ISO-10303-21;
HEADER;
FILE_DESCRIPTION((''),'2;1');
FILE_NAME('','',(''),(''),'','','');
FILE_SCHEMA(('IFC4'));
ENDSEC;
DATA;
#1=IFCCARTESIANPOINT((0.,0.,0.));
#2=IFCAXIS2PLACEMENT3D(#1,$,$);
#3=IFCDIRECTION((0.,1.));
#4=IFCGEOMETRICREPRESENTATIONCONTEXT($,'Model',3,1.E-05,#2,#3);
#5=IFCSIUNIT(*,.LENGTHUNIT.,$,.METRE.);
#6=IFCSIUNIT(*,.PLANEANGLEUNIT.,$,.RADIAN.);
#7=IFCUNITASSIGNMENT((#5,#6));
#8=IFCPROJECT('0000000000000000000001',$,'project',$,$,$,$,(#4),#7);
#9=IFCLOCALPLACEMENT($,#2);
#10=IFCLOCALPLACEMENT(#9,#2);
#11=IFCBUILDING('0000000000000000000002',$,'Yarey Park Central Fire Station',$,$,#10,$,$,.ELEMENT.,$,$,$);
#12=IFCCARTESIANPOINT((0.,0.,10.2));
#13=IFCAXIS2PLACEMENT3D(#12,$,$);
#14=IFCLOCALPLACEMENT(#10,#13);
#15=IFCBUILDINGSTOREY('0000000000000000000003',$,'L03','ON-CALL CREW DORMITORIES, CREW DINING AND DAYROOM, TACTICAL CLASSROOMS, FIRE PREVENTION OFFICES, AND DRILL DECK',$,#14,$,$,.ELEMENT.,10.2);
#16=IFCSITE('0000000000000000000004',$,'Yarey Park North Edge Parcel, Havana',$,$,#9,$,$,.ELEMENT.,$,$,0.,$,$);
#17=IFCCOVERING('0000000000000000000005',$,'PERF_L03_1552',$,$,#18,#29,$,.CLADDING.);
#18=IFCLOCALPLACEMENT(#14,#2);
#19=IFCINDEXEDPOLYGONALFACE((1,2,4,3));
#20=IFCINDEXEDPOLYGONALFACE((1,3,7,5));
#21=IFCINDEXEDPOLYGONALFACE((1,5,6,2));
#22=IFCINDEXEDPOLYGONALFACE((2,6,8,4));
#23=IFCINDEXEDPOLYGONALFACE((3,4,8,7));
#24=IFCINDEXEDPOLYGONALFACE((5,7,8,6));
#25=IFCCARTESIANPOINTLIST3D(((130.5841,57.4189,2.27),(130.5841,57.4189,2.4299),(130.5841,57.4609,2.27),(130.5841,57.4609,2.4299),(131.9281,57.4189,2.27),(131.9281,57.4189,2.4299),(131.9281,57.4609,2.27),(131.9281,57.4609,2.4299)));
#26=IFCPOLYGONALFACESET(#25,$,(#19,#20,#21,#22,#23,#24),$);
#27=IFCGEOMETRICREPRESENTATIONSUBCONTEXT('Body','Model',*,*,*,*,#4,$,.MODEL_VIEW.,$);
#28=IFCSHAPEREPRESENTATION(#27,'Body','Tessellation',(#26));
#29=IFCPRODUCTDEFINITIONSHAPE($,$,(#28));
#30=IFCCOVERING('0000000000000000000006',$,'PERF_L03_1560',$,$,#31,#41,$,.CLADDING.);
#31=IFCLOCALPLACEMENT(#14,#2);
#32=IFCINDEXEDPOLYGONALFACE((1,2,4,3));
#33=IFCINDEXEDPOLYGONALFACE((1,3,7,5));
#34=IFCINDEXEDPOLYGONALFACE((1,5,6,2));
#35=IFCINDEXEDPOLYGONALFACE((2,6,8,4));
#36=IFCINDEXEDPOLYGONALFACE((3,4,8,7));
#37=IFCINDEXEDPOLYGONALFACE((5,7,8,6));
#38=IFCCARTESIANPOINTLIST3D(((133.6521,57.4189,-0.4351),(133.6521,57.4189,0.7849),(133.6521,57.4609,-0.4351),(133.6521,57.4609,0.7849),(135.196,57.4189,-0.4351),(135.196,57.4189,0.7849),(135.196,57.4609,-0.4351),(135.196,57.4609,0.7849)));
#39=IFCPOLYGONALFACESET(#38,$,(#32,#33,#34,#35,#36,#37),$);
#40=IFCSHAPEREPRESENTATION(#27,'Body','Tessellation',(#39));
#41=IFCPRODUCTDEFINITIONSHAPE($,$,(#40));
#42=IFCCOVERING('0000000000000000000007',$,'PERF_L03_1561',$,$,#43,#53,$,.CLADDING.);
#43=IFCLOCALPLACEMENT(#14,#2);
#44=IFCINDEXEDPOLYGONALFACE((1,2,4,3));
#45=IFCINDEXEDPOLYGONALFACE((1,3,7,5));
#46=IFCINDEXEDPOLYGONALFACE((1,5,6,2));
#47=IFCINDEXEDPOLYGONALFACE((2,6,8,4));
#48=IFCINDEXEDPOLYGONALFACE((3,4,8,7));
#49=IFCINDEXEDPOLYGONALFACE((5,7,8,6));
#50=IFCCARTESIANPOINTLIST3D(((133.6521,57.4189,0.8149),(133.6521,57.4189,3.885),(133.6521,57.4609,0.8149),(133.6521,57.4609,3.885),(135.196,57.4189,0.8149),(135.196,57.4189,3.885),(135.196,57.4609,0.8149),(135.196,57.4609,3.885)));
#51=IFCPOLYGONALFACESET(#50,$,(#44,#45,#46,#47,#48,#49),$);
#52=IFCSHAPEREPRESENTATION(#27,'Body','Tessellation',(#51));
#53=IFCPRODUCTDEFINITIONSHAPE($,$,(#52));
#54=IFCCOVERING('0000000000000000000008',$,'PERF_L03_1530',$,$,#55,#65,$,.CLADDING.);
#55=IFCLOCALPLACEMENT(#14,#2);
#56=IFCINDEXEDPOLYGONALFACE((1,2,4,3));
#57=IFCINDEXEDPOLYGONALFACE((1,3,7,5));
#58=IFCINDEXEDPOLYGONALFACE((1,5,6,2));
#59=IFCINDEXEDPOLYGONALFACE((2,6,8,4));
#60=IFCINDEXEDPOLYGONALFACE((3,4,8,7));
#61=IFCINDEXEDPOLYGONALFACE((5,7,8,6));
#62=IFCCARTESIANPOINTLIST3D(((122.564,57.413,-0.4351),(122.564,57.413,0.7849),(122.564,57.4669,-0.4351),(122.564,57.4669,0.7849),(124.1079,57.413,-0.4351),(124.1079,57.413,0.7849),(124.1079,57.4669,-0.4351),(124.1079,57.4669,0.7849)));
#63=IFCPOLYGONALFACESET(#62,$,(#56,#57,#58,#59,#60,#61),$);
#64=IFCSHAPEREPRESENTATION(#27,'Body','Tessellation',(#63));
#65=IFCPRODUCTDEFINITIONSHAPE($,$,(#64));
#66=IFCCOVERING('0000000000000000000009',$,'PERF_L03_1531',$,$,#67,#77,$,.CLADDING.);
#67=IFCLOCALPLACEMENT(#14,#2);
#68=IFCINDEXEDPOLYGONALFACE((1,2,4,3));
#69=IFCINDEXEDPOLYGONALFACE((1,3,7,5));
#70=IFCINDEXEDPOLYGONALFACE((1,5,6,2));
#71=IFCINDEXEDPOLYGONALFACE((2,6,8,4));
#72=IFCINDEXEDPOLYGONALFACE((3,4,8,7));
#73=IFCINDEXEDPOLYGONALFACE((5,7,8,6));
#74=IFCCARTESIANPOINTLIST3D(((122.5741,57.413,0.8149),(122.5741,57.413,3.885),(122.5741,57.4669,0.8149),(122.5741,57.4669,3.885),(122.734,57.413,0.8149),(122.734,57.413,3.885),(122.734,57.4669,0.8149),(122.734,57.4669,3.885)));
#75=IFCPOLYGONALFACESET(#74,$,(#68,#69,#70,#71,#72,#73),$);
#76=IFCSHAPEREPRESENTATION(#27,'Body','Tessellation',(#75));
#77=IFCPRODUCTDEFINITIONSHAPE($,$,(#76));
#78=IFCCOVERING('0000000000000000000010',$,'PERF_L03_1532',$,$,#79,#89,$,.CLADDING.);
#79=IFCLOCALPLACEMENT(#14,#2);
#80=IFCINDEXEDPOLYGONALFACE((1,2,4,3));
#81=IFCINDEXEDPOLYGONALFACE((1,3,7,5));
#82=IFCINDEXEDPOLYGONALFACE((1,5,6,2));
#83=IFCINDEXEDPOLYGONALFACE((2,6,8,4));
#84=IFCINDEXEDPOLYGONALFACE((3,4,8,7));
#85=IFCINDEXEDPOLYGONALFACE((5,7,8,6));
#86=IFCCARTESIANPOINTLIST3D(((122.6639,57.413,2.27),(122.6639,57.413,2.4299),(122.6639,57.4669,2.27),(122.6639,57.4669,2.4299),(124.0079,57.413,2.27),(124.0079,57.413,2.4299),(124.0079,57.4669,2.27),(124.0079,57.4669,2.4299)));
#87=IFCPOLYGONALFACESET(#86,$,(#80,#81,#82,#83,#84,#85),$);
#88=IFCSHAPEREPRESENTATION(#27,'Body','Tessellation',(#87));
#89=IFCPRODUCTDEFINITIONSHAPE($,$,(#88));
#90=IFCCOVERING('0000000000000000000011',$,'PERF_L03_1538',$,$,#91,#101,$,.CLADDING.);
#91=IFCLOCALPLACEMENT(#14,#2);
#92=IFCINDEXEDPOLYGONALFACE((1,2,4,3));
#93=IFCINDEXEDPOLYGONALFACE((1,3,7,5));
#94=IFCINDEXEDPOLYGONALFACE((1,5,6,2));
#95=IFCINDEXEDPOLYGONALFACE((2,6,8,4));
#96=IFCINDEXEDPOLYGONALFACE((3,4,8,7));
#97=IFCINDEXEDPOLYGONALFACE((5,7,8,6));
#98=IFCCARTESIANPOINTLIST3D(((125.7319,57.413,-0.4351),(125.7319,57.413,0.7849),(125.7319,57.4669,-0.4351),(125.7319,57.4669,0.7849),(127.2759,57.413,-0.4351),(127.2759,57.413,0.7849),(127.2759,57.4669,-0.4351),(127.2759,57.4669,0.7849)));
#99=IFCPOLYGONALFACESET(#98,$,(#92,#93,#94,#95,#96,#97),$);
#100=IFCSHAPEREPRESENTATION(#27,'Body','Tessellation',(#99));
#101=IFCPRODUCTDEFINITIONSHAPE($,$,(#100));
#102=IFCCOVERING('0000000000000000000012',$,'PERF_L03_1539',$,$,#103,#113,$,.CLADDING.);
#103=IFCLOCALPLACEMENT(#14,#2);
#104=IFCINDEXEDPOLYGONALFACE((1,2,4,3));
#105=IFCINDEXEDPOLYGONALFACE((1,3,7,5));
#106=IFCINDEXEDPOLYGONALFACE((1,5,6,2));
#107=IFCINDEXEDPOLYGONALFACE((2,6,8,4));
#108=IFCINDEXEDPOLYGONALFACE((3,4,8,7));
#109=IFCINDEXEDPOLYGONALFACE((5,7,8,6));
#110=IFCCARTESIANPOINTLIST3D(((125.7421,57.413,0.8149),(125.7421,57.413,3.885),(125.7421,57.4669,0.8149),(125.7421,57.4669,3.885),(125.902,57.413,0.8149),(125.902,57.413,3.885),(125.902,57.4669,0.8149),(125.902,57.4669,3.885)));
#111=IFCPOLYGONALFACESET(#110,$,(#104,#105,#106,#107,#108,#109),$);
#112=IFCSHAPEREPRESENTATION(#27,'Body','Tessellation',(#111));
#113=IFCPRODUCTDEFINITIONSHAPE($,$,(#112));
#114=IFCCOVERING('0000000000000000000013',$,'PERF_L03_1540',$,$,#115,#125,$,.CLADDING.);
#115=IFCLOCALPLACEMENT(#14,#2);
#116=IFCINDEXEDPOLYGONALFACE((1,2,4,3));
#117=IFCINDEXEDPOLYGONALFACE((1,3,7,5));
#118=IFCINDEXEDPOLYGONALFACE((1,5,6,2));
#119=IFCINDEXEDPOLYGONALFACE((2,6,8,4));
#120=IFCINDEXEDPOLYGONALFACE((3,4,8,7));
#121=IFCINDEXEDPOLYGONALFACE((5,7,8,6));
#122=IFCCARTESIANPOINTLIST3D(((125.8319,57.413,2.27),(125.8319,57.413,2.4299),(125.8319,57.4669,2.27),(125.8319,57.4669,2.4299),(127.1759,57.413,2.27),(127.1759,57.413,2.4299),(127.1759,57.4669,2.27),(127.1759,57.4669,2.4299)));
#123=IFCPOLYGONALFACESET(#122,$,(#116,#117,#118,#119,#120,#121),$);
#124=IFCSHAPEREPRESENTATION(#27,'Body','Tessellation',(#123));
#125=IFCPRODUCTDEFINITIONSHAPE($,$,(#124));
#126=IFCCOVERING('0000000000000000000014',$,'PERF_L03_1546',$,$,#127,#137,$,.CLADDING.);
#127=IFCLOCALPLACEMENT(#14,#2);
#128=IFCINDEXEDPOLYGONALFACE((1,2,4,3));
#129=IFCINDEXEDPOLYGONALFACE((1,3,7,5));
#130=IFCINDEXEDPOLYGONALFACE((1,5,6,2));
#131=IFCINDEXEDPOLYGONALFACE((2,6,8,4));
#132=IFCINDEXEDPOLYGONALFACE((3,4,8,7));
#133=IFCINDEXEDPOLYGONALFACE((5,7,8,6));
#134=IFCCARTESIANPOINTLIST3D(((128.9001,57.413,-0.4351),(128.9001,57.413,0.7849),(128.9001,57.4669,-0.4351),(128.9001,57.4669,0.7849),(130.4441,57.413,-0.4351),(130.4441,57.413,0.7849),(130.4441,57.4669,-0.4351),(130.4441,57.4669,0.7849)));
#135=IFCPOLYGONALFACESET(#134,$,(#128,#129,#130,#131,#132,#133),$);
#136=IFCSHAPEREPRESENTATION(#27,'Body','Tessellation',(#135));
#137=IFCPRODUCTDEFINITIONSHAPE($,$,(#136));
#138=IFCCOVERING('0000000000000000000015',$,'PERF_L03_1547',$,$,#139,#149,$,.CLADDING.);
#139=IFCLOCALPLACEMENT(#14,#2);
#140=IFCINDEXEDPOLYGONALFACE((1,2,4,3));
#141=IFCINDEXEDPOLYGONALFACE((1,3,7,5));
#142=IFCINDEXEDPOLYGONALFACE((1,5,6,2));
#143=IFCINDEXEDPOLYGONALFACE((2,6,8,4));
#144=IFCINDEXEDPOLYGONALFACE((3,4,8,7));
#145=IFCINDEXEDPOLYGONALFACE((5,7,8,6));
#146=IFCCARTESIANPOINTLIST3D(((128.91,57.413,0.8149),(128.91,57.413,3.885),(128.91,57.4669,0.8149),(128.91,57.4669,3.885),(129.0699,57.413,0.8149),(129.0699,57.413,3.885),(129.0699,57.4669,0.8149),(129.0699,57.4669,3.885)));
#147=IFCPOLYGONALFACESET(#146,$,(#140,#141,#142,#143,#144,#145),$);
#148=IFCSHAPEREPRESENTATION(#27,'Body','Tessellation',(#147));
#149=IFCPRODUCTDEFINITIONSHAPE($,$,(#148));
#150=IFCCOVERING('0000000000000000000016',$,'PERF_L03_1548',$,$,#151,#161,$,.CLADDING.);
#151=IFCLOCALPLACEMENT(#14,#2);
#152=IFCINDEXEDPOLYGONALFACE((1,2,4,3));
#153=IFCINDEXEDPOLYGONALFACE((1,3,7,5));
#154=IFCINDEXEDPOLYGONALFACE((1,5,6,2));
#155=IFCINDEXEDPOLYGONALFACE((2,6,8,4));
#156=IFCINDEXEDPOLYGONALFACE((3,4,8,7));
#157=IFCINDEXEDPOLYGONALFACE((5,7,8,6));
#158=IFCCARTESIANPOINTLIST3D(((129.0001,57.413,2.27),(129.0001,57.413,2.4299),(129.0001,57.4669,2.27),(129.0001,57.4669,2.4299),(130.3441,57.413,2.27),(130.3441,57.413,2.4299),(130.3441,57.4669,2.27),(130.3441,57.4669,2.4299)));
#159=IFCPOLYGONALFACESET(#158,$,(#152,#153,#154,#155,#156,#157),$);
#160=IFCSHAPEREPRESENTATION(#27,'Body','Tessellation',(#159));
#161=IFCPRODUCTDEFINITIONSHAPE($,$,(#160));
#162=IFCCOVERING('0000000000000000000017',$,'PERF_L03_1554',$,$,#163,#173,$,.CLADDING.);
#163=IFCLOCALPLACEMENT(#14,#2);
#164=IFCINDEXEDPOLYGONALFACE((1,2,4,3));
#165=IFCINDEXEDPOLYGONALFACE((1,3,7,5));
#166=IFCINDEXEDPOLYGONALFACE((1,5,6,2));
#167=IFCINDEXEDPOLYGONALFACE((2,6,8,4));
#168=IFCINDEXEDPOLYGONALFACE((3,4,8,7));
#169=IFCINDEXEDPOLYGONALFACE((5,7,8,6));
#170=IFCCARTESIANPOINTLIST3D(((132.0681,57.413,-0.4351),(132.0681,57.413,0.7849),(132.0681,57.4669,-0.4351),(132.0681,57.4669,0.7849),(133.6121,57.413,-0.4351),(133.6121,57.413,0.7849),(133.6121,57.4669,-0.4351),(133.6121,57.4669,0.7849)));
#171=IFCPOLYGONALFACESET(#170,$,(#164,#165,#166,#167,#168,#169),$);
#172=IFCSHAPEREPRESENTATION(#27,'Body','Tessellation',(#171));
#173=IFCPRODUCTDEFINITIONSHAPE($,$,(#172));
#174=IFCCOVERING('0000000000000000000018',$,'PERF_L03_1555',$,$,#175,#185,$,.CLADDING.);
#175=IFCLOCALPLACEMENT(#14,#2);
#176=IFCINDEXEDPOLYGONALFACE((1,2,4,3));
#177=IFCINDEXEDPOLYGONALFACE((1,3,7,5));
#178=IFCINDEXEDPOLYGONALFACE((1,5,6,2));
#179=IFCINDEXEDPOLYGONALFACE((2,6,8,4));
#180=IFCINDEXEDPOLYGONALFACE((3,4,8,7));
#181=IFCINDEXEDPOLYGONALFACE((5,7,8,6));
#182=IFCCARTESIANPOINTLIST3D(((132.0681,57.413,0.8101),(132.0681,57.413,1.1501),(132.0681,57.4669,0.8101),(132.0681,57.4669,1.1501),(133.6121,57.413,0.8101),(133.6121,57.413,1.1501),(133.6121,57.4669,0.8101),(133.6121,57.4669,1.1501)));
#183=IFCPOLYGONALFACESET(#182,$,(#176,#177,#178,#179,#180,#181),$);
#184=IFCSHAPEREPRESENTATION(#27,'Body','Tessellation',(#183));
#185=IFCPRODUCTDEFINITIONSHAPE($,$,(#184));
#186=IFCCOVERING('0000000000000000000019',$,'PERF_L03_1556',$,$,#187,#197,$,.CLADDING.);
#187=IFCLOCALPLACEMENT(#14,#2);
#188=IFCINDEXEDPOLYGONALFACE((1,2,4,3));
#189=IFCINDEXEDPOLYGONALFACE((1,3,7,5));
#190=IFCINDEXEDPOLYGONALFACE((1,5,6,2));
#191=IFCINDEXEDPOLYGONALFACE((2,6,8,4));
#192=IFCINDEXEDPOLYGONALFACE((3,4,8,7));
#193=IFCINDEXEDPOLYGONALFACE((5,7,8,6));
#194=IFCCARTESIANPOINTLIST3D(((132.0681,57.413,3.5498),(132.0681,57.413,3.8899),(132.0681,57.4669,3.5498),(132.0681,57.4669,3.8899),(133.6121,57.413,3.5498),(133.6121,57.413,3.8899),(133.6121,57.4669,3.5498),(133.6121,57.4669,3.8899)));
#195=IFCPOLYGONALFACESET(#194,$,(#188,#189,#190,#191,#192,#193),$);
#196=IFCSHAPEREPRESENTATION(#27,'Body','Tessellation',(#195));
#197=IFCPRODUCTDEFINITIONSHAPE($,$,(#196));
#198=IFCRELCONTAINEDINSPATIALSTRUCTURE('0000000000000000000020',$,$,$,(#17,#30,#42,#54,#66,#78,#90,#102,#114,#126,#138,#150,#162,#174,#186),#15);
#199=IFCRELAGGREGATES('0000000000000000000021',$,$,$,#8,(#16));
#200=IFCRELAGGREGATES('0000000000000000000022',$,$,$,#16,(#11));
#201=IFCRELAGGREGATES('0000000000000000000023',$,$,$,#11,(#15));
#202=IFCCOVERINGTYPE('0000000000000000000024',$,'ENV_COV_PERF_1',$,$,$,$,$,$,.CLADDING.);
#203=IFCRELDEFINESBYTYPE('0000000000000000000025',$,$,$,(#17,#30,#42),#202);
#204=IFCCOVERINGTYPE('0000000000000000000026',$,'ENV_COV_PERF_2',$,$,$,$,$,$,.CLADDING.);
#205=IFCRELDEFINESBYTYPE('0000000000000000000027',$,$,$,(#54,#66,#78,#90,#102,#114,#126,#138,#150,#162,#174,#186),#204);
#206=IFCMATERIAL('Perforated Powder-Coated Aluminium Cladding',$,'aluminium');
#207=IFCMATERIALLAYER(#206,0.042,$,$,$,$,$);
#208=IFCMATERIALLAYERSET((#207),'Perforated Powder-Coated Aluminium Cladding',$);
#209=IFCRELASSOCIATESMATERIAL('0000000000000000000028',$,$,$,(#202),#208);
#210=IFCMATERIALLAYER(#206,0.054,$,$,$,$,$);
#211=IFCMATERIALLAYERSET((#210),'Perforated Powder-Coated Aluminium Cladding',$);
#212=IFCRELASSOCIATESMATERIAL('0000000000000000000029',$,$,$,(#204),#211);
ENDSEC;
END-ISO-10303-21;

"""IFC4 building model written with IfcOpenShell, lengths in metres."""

from ifc_helpers import new_model, si_unit, direction, frame, origin, origin_2d, place, context, subcontext, project, spatial, rectangle, extrude, material, layer, layer_set, type_object, element, save


model = new_model("IFC4")

# Units and contexts
model_context = context("Model", 3, precision=1e-05, world=origin(), true_north=direction((0.0, 1.0)))
body_context = subcontext(model_context, "Body", "Model", "MODEL_VIEW")
ifc_project = project(units=[si_unit("LENGTHUNIT", "METRE"), si_unit("PLANEANGLEUNIT", "RADIAN")], contexts=[model_context])

# Site, building, storey
site_placement = place(None, origin())
site = spatial("IfcSite", under=ifc_project, at=site_placement, Name="Yarey Park North Edge Parcel, Havana", CompositionType="ELEMENT", RefElevation=0.0)
building_placement = place(site_placement, origin())
building = spatial("IfcBuilding", under=site, at=building_placement, Name="Yarey Park Central Fire Station", CompositionType="ELEMENT")
storey_placement = place(building_placement, frame((0.0, 0.0, 10.2)))
storey = spatial("IfcBuildingStorey", under=building, at=storey_placement, Name="L03", Description="ON-CALL CREW DORMITORIES, CREW DINING AND DAYROOM, TACTICAL CLASSROOMS, FIRE PREVENTION OFFICES, AND DRILL DECK", CompositionType="ELEMENT", Elevation=10.2)

# Coverings
ifc_material_1 = material(Name="Perforated Powder-Coated Aluminium Cladding", Category="aluminium")
ifc_layer_1 = layer(ifc_material_1, 0.042)
ifc_layer_set_1 = layer_set([ifc_layer_1], Name="Perforated Powder-Coated Aluminium Cladding")
covering_type_1 = type_object("IfcCoveringType", Name="ENV_COV_PERF_1", PredefinedType="CLADDING", material=ifc_layer_set_1)
covering_1_placement = place(storey_placement, frame((131.2561, 57.4399, 2.27), z_axis=(0.0, 0.0, 1.0), x_axis=(1.0, 0.0, 0.0)))
element("IfcCovering", 1, at=covering_1_placement, inside=storey, type_object=covering_type_1, Name="PERF_L03_1552", PredefinedType="CLADDING", context=body_context, shape_type="SweptSolid", body=[
    extrude(rectangle(XDim=1.344, YDim=0.042, at=origin_2d()), origin(), (0.0, 0.0, 1.0), 0.1599),
])
covering_2_placement = place(storey_placement, frame((134.4241, 57.4399, -0.4351), z_axis=(0.0, 0.0, 1.0), x_axis=(1.0, 0.0, 0.0)))
element("IfcCovering", 2, at=covering_2_placement, inside=storey, type_object=covering_type_1, Name="PERF_L03_1560", PredefinedType="CLADDING", context=body_context, shape_type="SweptSolid", body=[
    extrude(rectangle(XDim=1.5439, YDim=0.042, at=origin_2d()), origin(), (0.0, 0.0, 1.0), 1.22),
])
covering_3_placement = place(storey_placement, frame((134.4241, 57.4399, 0.8149), z_axis=(0.0, 0.0, 1.0), x_axis=(1.0, 0.0, 0.0)))
element("IfcCovering", 3, at=covering_3_placement, inside=storey, type_object=covering_type_1, Name="PERF_L03_1561", PredefinedType="CLADDING", context=body_context, shape_type="SweptSolid", body=[
    extrude(rectangle(XDim=1.5439, YDim=0.042, at=origin_2d()), origin(), (0.0, 0.0, 1.0), 3.0701),
])
ifc_layer_2 = layer(ifc_material_1, 0.054)
ifc_layer_set_2 = layer_set([ifc_layer_2], Name="Perforated Powder-Coated Aluminium Cladding")
covering_type_2 = type_object("IfcCoveringType", Name="ENV_COV_PERF_2", PredefinedType="CLADDING", material=ifc_layer_set_2)
covering_4_placement = place(storey_placement, frame((123.3359, 57.4399, -0.4351), z_axis=(0.0, 0.0, 1.0), x_axis=(1.0, 0.0, 0.0)))
element("IfcCovering", 4, at=covering_4_placement, inside=storey, type_object=covering_type_2, Name="PERF_L03_1530", PredefinedType="CLADDING", context=body_context, shape_type="SweptSolid", body=[
    extrude(rectangle(XDim=1.5439, YDim=0.054, at=origin_2d()), origin(), (0.0, 0.0, 1.0), 1.22),
])
covering_5_placement = place(storey_placement, frame((122.6541, 57.4399, 0.8149), z_axis=(0.0, 0.0, 1.0), x_axis=(1.0, 0.0, 0.0)))
element("IfcCovering", 5, at=covering_5_placement, inside=storey, type_object=covering_type_2, Name="PERF_L03_1531", PredefinedType="CLADDING", context=body_context, shape_type="SweptSolid", body=[
    extrude(rectangle(XDim=0.1599, YDim=0.054, at=origin_2d()), origin(), (0.0, 0.0, 1.0), 3.0701),
])
covering_6_placement = place(storey_placement, frame((123.3359, 57.4399, 2.27), z_axis=(0.0, 0.0, 1.0), x_axis=(1.0, 0.0, 0.0)))
element("IfcCovering", 6, at=covering_6_placement, inside=storey, type_object=covering_type_2, Name="PERF_L03_1532", PredefinedType="CLADDING", context=body_context, shape_type="SweptSolid", body=[
    extrude(rectangle(XDim=1.344, YDim=0.054, at=origin_2d()), origin(), (0.0, 0.0, 1.0), 0.1599),
])
covering_7_placement = place(storey_placement, frame((126.5039, 57.4399, -0.4351), z_axis=(0.0, 0.0, 1.0), x_axis=(1.0, 0.0, 0.0)))
element("IfcCovering", 7, at=covering_7_placement, inside=storey, type_object=covering_type_2, Name="PERF_L03_1538", PredefinedType="CLADDING", context=body_context, shape_type="SweptSolid", body=[
    extrude(rectangle(XDim=1.5439, YDim=0.054, at=origin_2d()), origin(), (0.0, 0.0, 1.0), 1.22),
])
covering_8_placement = place(storey_placement, frame((125.822, 57.4399, 0.8149), z_axis=(0.0, 0.0, 1.0), x_axis=(1.0, 0.0, 0.0)))
element("IfcCovering", 8, at=covering_8_placement, inside=storey, type_object=covering_type_2, Name="PERF_L03_1539", PredefinedType="CLADDING", context=body_context, shape_type="SweptSolid", body=[
    extrude(rectangle(XDim=0.1599, YDim=0.054, at=origin_2d()), origin(), (0.0, 0.0, 1.0), 3.0701),
])
covering_9_placement = place(storey_placement, frame((126.5039, 57.4399, 2.27), z_axis=(0.0, 0.0, 1.0), x_axis=(1.0, 0.0, 0.0)))
element("IfcCovering", 9, at=covering_9_placement, inside=storey, type_object=covering_type_2, Name="PERF_L03_1540", PredefinedType="CLADDING", context=body_context, shape_type="SweptSolid", body=[
    extrude(rectangle(XDim=1.344, YDim=0.054, at=origin_2d()), origin(), (0.0, 0.0, 1.0), 0.1599),
])
covering_10_placement = place(storey_placement, frame((129.6721, 57.4399, -0.4351), z_axis=(0.0, 0.0, 1.0), x_axis=(1.0, 0.0, 0.0)))
element("IfcCovering", 10, at=covering_10_placement, inside=storey, type_object=covering_type_2, Name="PERF_L03_1546", PredefinedType="CLADDING", context=body_context, shape_type="SweptSolid", body=[
    extrude(rectangle(XDim=1.5439, YDim=0.054, at=origin_2d()), origin(), (0.0, 0.0, 1.0), 1.22),
])
covering_11_placement = place(storey_placement, frame((128.99, 57.4399, 0.8149), z_axis=(0.0, 0.0, 1.0), x_axis=(1.0, 0.0, 0.0)))
element("IfcCovering", 11, at=covering_11_placement, inside=storey, type_object=covering_type_2, Name="PERF_L03_1547", PredefinedType="CLADDING", context=body_context, shape_type="SweptSolid", body=[
    extrude(rectangle(XDim=0.1599, YDim=0.054, at=origin_2d()), origin(), (0.0, 0.0, 1.0), 3.0701),
])
covering_12_placement = place(storey_placement, frame((129.6721, 57.4399, 2.27), z_axis=(0.0, 0.0, 1.0), x_axis=(1.0, 0.0, 0.0)))
element("IfcCovering", 12, at=covering_12_placement, inside=storey, type_object=covering_type_2, Name="PERF_L03_1548", PredefinedType="CLADDING", context=body_context, shape_type="SweptSolid", body=[
    extrude(rectangle(XDim=1.344, YDim=0.054, at=origin_2d()), origin(), (0.0, 0.0, 1.0), 0.1599),
])
covering_13_placement = place(storey_placement, frame((132.8401, 57.4399, -0.4351), z_axis=(0.0, 0.0, 1.0), x_axis=(1.0, 0.0, 0.0)))
element("IfcCovering", 13, at=covering_13_placement, inside=storey, type_object=covering_type_2, Name="PERF_L03_1554", PredefinedType="CLADDING", context=body_context, shape_type="SweptSolid", body=[
    extrude(rectangle(XDim=1.5439, YDim=0.054, at=origin_2d()), origin(), (0.0, 0.0, 1.0), 1.22),
])
for number, where, z_axis, x_axis, name in (
    (14, (132.8401, 57.4399, 0.8101), (0.0, 0.0, 1.0), (1.0, 0.0, 0.0), "PERF_L03_1555"),
    (15, (132.8401, 57.4399, 3.5498), (0.0, 0.0, 1.0), (1.0, 0.0, 0.0), "PERF_L03_1556"),
):
    element("IfcCovering", number, at=place(storey_placement, frame(where, z_axis=z_axis, x_axis=x_axis)), inside=storey, type_object=covering_type_2, Name=name, PredefinedType="CLADDING", context=body_context, shape_type="SweptSolid", body=[
        extrude(rectangle(XDim=1.5439, YDim=0.054, at=origin_2d()), origin(), (0.0, 0.0, 1.0), 0.3401),
    ])

save(model, "model.ifc")
